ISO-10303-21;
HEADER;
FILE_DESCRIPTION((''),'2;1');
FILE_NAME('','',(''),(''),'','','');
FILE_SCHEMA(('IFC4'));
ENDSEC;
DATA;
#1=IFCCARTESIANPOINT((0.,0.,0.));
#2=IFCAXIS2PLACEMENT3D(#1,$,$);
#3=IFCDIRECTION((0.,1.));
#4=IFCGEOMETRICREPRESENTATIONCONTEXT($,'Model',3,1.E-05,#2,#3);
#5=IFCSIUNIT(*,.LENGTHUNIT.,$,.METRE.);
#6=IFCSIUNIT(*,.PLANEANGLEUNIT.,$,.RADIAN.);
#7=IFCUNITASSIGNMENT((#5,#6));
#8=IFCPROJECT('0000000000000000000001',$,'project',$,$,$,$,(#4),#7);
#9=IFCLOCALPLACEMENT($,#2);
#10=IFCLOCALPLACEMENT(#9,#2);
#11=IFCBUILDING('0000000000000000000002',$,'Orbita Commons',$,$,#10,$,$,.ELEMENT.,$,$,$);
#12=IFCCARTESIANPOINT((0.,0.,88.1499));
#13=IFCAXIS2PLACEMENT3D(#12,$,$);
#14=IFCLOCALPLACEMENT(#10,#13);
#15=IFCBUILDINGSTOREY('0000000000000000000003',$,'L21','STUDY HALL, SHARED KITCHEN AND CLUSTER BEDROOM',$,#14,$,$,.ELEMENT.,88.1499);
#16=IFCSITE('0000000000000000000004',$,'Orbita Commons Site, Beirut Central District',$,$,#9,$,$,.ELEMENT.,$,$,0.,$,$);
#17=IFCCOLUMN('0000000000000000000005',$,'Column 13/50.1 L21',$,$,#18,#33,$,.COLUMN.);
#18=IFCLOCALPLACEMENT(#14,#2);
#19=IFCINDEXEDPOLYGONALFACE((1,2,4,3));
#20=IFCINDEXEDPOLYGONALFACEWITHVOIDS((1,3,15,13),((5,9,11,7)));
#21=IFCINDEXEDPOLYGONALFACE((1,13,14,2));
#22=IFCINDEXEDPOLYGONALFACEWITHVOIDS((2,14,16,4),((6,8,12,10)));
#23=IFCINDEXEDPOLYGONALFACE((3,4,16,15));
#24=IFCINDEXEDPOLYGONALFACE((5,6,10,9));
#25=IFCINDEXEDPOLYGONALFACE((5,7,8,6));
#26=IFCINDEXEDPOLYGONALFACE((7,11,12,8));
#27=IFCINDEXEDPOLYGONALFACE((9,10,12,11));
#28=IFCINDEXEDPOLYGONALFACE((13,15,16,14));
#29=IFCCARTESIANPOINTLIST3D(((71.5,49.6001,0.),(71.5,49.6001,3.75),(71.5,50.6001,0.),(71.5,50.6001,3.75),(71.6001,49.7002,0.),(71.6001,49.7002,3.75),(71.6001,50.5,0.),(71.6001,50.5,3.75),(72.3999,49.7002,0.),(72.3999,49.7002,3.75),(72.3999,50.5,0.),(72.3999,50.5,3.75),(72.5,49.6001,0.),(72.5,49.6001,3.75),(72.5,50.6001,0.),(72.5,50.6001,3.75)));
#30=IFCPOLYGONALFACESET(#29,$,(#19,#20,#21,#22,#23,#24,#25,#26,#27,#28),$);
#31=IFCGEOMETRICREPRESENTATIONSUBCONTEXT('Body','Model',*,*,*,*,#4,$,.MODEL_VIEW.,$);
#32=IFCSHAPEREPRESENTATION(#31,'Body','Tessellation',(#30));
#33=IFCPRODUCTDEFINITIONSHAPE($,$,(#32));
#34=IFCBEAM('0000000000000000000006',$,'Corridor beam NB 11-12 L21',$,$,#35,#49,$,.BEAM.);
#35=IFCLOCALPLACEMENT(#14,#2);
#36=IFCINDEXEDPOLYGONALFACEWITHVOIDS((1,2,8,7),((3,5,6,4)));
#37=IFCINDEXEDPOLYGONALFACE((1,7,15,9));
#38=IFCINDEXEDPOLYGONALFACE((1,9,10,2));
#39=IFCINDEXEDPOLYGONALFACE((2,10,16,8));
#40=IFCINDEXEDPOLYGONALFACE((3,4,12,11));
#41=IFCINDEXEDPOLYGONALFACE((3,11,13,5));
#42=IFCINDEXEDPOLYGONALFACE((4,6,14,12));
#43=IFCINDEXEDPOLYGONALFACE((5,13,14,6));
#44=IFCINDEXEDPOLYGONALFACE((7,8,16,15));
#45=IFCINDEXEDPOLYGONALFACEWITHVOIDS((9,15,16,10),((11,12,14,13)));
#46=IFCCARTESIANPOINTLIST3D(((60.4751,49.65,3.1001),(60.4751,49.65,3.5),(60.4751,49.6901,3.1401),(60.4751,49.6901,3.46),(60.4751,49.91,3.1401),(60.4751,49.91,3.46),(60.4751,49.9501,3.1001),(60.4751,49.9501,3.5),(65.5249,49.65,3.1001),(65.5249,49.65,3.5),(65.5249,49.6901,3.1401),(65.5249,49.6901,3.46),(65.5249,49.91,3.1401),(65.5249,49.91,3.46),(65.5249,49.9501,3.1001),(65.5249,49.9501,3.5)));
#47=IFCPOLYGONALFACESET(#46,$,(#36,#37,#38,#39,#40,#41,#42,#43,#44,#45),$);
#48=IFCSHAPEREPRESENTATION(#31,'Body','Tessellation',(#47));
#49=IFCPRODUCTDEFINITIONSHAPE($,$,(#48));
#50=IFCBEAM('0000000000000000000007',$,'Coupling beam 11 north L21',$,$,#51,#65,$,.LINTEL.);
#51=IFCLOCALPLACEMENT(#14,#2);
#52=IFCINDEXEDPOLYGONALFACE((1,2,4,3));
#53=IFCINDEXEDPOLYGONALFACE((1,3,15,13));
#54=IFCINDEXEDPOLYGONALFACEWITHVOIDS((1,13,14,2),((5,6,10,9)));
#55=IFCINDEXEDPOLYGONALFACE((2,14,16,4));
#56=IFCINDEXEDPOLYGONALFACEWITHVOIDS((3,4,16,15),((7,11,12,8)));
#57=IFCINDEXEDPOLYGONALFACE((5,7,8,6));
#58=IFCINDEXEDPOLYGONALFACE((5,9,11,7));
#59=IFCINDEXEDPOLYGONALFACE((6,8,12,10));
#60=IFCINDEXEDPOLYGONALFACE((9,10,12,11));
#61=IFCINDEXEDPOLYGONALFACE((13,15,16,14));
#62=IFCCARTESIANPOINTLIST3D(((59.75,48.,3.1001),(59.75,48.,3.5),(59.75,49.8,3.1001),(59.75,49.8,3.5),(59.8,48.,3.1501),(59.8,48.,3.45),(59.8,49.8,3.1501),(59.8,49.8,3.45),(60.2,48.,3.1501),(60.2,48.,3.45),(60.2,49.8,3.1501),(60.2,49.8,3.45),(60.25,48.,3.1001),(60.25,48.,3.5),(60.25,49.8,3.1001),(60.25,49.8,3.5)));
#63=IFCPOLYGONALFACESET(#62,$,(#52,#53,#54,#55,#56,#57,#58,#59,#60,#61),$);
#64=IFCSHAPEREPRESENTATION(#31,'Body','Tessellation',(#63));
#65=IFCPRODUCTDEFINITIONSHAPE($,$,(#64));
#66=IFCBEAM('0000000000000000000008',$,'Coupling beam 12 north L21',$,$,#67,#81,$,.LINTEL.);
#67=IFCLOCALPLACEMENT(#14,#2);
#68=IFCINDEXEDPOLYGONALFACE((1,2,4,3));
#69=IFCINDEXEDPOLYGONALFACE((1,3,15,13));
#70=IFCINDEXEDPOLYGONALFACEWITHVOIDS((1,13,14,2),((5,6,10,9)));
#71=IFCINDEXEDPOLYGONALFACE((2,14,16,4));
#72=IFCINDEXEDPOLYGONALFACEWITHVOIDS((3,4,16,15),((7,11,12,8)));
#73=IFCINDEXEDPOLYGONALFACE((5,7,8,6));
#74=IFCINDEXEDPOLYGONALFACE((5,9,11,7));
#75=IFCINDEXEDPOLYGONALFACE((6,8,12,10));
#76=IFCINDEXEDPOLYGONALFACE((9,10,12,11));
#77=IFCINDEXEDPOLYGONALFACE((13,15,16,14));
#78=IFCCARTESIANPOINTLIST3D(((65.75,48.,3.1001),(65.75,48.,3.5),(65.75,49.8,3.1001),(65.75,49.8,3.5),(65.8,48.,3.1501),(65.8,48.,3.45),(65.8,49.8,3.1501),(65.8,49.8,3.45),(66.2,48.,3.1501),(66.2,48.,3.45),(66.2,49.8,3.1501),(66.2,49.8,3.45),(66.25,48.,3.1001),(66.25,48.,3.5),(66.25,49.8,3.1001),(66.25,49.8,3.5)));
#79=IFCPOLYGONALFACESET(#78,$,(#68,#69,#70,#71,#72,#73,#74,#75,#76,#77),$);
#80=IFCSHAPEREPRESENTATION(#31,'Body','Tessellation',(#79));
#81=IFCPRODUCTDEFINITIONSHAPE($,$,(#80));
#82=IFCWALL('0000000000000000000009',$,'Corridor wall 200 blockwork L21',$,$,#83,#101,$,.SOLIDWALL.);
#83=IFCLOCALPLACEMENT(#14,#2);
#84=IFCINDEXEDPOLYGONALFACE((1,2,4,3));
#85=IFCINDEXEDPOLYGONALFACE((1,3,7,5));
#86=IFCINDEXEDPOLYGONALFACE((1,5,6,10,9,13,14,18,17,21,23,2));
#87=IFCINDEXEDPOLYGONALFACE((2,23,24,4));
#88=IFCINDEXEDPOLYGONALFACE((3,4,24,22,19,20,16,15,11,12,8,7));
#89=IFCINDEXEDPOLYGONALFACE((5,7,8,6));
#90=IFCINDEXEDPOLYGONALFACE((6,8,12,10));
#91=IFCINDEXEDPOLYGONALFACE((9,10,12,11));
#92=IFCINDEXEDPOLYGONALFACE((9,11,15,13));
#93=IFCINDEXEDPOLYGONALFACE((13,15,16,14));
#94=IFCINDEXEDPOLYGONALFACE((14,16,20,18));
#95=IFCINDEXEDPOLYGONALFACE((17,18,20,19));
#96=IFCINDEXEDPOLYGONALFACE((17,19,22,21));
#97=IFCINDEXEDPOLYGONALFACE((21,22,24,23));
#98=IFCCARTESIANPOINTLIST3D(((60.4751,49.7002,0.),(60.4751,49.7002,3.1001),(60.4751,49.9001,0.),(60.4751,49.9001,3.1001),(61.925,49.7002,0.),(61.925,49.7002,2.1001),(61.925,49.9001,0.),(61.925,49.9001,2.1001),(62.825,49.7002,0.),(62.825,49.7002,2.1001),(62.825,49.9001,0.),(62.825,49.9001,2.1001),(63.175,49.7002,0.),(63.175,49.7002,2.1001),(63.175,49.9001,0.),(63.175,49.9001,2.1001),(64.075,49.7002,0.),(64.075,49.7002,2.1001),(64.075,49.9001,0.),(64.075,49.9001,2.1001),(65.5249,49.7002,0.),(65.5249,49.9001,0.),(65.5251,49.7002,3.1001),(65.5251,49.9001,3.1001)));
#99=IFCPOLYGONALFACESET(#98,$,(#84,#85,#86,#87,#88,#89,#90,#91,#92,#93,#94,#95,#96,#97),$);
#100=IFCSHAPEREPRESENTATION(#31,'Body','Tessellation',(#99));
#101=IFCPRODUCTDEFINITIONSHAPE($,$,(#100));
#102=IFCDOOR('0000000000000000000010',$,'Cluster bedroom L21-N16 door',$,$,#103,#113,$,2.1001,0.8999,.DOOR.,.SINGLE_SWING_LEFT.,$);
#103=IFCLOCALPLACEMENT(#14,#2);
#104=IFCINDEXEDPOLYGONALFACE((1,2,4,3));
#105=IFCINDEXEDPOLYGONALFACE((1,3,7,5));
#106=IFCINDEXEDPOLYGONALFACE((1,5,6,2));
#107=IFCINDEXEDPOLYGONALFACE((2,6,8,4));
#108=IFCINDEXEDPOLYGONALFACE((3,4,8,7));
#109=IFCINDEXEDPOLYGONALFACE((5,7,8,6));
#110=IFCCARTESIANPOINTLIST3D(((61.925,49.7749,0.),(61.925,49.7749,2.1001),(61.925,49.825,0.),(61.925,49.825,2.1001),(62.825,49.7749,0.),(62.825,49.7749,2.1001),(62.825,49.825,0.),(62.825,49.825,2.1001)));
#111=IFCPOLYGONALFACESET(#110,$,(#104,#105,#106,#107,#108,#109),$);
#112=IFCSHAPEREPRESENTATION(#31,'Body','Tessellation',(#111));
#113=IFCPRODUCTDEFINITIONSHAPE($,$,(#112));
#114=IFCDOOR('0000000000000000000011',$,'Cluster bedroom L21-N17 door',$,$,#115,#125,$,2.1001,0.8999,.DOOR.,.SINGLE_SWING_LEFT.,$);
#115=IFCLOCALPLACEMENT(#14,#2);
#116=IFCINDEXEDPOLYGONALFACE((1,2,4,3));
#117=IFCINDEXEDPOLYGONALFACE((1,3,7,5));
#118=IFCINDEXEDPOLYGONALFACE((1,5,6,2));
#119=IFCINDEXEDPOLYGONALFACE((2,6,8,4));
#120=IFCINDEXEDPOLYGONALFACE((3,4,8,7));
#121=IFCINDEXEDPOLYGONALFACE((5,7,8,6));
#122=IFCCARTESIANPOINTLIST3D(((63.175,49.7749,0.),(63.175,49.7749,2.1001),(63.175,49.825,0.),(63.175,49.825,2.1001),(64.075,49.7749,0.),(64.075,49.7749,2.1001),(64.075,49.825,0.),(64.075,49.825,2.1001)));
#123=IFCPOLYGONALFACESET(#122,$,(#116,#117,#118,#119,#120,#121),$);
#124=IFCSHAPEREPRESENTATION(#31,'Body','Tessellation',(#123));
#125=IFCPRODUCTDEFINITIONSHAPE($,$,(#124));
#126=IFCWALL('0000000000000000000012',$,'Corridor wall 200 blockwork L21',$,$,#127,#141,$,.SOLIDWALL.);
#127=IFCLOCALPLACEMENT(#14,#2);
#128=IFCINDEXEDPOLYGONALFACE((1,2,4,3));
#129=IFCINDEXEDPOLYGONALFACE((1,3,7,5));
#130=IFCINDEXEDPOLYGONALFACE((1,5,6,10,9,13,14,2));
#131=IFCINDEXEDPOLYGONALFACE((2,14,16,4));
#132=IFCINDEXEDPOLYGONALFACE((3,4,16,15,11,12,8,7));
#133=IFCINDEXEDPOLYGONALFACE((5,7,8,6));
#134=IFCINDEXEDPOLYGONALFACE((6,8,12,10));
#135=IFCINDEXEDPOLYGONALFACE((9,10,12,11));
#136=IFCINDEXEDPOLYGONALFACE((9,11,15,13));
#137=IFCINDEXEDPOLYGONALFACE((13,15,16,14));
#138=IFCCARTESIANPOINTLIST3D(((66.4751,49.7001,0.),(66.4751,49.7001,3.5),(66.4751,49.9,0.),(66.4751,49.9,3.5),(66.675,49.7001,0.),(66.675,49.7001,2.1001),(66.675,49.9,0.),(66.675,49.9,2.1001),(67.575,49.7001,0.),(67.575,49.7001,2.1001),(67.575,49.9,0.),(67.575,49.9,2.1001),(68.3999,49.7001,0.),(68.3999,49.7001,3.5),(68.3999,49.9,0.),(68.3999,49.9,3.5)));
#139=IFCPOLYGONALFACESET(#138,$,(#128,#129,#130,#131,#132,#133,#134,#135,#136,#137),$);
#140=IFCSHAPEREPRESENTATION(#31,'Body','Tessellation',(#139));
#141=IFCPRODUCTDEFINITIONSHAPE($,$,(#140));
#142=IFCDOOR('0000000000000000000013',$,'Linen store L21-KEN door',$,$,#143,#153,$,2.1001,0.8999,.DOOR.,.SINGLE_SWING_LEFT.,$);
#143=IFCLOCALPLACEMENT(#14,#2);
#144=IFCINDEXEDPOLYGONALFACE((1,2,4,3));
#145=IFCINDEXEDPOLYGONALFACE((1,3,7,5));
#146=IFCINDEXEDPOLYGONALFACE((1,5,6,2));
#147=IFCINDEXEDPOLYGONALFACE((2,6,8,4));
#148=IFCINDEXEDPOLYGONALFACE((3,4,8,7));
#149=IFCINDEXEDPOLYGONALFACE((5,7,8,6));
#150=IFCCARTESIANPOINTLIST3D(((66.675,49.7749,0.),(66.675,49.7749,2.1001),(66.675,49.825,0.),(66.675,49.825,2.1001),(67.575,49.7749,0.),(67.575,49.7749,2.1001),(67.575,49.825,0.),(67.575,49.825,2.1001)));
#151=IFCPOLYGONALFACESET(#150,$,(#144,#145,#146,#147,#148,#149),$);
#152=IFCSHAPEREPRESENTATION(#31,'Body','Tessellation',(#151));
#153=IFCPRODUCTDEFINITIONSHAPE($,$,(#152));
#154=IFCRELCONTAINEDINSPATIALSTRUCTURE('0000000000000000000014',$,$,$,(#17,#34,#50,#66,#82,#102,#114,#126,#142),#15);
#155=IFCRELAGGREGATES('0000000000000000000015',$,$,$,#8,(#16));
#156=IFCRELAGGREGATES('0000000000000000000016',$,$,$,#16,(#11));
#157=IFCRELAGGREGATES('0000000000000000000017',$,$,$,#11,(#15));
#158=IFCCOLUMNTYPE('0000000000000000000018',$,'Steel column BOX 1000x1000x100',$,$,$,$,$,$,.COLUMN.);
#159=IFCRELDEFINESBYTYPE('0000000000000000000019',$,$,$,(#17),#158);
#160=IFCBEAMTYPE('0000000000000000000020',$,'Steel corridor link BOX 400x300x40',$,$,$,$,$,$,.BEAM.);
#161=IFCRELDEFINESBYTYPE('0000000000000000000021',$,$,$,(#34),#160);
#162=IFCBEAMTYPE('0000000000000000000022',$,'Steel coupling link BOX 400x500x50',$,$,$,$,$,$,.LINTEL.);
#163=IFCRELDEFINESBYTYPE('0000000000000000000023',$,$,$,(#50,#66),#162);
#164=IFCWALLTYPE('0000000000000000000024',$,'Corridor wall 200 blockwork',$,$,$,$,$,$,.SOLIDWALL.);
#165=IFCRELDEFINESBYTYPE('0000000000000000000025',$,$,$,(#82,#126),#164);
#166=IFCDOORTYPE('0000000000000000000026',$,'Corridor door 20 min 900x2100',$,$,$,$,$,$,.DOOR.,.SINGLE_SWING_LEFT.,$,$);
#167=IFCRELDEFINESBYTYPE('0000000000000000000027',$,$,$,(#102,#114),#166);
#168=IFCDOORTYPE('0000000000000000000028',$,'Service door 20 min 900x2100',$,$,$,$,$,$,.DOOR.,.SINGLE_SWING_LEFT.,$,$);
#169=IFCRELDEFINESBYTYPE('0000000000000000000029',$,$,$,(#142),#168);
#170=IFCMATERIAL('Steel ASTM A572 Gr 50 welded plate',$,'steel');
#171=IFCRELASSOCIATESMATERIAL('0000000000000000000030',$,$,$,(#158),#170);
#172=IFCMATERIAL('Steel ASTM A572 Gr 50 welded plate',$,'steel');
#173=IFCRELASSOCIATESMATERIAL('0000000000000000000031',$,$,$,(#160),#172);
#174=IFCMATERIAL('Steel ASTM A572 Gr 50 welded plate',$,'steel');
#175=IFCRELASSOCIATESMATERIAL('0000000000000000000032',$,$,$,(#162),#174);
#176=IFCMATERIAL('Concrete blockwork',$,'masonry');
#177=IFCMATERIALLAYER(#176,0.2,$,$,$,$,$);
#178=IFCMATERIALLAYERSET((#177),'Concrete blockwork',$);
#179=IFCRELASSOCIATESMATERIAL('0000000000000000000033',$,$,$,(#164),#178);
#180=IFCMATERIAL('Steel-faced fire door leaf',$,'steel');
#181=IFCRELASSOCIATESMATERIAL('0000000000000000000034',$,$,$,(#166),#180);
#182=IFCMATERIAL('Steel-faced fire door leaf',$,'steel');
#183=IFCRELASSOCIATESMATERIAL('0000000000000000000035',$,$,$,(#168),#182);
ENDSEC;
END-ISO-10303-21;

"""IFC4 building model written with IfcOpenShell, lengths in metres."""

from ifc_helpers import new_model, si_unit, direction, frame, frame_2d, origin, origin_2d, place, context, subcontext, project, spatial, polyline, rectangle, hollow_rectangle, outline, extrude, material, layer, layer_set, material_profile, profile_set, type_object, element, fill, save


model = new_model("IFC4")

# Units and contexts
model_context = context("Model", 3, precision=1e-05, world=origin(), true_north=direction((0.0, 1.0)))
body_context = subcontext(model_context, "Body", "Model", "MODEL_VIEW")
ifc_project = project(units=[si_unit("LENGTHUNIT", "METRE"), si_unit("PLANEANGLEUNIT", "RADIAN")], contexts=[model_context])

# Site, building, storey
site_placement = place(None, origin())
site = spatial("IfcSite", under=ifc_project, at=site_placement, Name="Orbita Commons Site, Beirut Central District", CompositionType="ELEMENT", RefElevation=0.0)
building_placement = place(site_placement, origin())
building = spatial("IfcBuilding", under=site, at=building_placement, Name="Orbita Commons", CompositionType="ELEMENT")
storey_placement = place(building_placement, frame((0.0, 0.0, 88.1499)))
storey = spatial("IfcBuildingStorey", under=building, at=storey_placement, Name="L21", Description="STUDY HALL, SHARED KITCHEN AND CLUSTER BEDROOM", CompositionType="ELEMENT", Elevation=88.1499)

# Column
ifc_material_1 = material(Name="Steel ASTM A572 Gr 50 welded plate", Category="steel")
ifc_material_profile_1 = material_profile(ifc_material_1, hollow_rectangle(XDim=1.0, YDim=1.0, WallThickness=0.1001, at=origin_2d()), Name="BOX 1000x1000x100")
ifc_profile_set_1 = profile_set([ifc_material_profile_1], Name="Steel ASTM A572 Gr 50 welded plate")
column_type = type_object("IfcColumnType", Name="Steel column BOX 1000x1000x100", PredefinedType="COLUMN", material=ifc_profile_set_1)
column_placement = place(storey_placement, frame((72.0, 50.1001, 0.0), z_axis=(0.0, 0.0, 1.0), x_axis=(1.0, 0.0, 0.0)))
element("IfcColumn", 1, at=column_placement, inside=storey, type_object=column_type, Name="Column 13/50.1 L21", PredefinedType="COLUMN", context=body_context, shape_type="SweptSolid", body=[
    extrude(hollow_rectangle(XDim=1.0, YDim=1.0, WallThickness=0.1001, at=origin_2d()), origin(), (0.0, 0.0, 1.0), 3.75),
])

# Beams
ifc_material_2 = material(Name="Steel ASTM A572 Gr 50 welded plate", Category="steel")
ifc_material_profile_2 = material_profile(ifc_material_2, hollow_rectangle(XDim=0.3, YDim=0.3999, WallThickness=0.04, at=origin_2d()), Name="BOX 400x300x40")
ifc_profile_set_2 = profile_set([ifc_material_profile_2], Name="Steel ASTM A572 Gr 50 welded plate")
beam_type_1 = type_object("IfcBeamType", Name="Steel corridor link BOX 400x300x40", PredefinedType="BEAM", material=ifc_profile_set_2)
beam_placement = place(storey_placement, frame((60.4751, 49.8, 3.3), z_axis=(1.0, 0.0, 0.0), x_axis=(0.0, 1.0, 0.0)))
element("IfcBeam", 2, at=beam_placement, inside=storey, type_object=beam_type_1, Name="Corridor beam NB 11-12 L21", PredefinedType="BEAM", context=body_context, shape_type="SweptSolid", body=[
    extrude(hollow_rectangle(XDim=0.3, YDim=0.3999, WallThickness=0.04, at=origin_2d()), origin(), (0.0, 0.0, 1.0), 5.0498),
])
ifc_material_3 = material(Name="Steel ASTM A572 Gr 50 welded plate", Category="steel")
ifc_material_profile_3 = material_profile(ifc_material_3, hollow_rectangle(XDim=0.5, YDim=0.3999, WallThickness=0.05, at=origin_2d()), Name="BOX 400x500x50")
ifc_profile_set_3 = profile_set([ifc_material_profile_3], Name="Steel ASTM A572 Gr 50 welded plate")
beam_type_2 = type_object("IfcBeamType", Name="Steel coupling link BOX 400x500x50", PredefinedType="LINTEL", material=ifc_profile_set_3)
for number, where, z_axis, x_axis, name in (
    (3, (60.0, 48.0, 3.3), (0.0, 1.0, 0.0), (-1.0, 0.0, 0.0), "Coupling beam 11 north L21"),
    (4, (66.0, 48.0, 3.3), (0.0, 1.0, 0.0), (-1.0, 0.0, 0.0), "Coupling beam 12 north L21"),
):
    element("IfcBeam", number, at=place(storey_placement, frame(where, z_axis=z_axis, x_axis=x_axis)), inside=storey, type_object=beam_type_2, Name=name, PredefinedType="LINTEL", context=body_context, shape_type="SweptSolid", body=[
        extrude(hollow_rectangle(XDim=0.5, YDim=0.3999, WallThickness=0.05, at=origin_2d()), origin(), (0.0, 0.0, 1.0), 1.8),
    ])

# Wall, openings, doors
ifc_material_4 = material(Name="Concrete blockwork", Category="masonry")
ifc_layer_1 = layer(ifc_material_4, 0.2)
ifc_layer_set_1 = layer_set([ifc_layer_1], Name="Concrete blockwork")
wall_type_1 = type_object("IfcWallType", Name="Corridor wall 200 blockwork", PredefinedType="SOLIDWALL", material=ifc_layer_set_1)
wall_1_placement = place(storey_placement, frame((60.4751, 49.8, 0.0), z_axis=(0.0, 0.0, 1.0), x_axis=(1.0, 0.0, 0.0)))
wall_1 = element("IfcWall", 5, at=wall_1_placement, inside=storey, type_object=wall_type_1, Name="Corridor wall 200 blockwork L21", PredefinedType="SOLIDWALL", context=body_context, shape_type="SweptSolid", body=[
    extrude(outline(polyline([(0.0, 0.0), (5.0498, 0.0), (5.05, 3.1001), (0.0, 3.1001), (0.0, 0.0)])), frame((0.0, 0.1001, 0.0), z_axis=(0.0, -1.0, 0.0), x_axis=(1.0, 0.0, 0.0)), (0.0, 0.0, 1.0), 0.2),
])
opening_1_placement = place(wall_1_placement, frame((1.45, 0.0, 0.0)))
opening_1 = element("IfcOpeningElement", 6, at=opening_1_placement, cuts=wall_1, PredefinedType="OPENING", context=body_context, shape_type="SweptSolid", body=[
    extrude(rectangle(XDim=0.8999, YDim=2.1001, at=frame_2d((0.45, 1.05))), frame((0.0, 0.1099, 0.0), z_axis=(0.0, -1.0, 0.0), x_axis=(1.0, 0.0, 0.0)), (0.0, 0.0, 1.0), 0.22),
])
opening_2_placement = place(wall_1_placement, frame((2.7, 0.0, 0.0)))
opening_2 = element("IfcOpeningElement", 7, at=opening_2_placement, cuts=wall_1, PredefinedType="OPENING", context=body_context, shape_type="SweptSolid", body=[
    extrude(rectangle(XDim=0.8999, YDim=2.1001, at=frame_2d((0.45, 1.05))), frame((0.0, 0.1099, 0.0), z_axis=(0.0, -1.0, 0.0), x_axis=(1.0, 0.0, 0.0)), (0.0, 0.0, 1.0), 0.22),
])
ifc_material_5 = material(Name="Steel-faced fire door leaf", Category="steel")
door_type_1 = type_object("IfcDoorType", Name="Corridor door 20 min 900x2100", OperationType="SINGLE_SWING_LEFT", PredefinedType="DOOR", material=ifc_material_5)
door_1_placement = place(opening_1_placement, origin())
door_1 = element("IfcDoor", 8, at=door_1_placement, inside=storey, type_object=door_type_1, Name="Cluster bedroom L21-N16 door", OperationType="SINGLE_SWING_LEFT", OverallHeight=2.1001, OverallWidth=0.8999, PredefinedType="DOOR", context=body_context, shape_type="SweptSolid", body=[
    extrude(rectangle(XDim=0.8999, YDim=2.1001, at=frame_2d((0.45, 1.05))), frame((0.0, 0.0249, 0.0), z_axis=(0.0, -1.0, 0.0), x_axis=(1.0, 0.0, 0.0)), (0.0, 0.0, 1.0), 0.05),
])
fill(opening_1, door_1)
door_2_placement = place(opening_2_placement, origin())
door_2 = element("IfcDoor", 9, at=door_2_placement, inside=storey, type_object=door_type_1, Name="Cluster bedroom L21-N17 door", OperationType="SINGLE_SWING_LEFT", OverallHeight=2.1001, OverallWidth=0.8999, PredefinedType="DOOR", context=body_context, shape_type="SweptSolid", body=[
    extrude(rectangle(XDim=0.8999, YDim=2.1001, at=frame_2d((0.45, 1.05))), frame((0.0, 0.0249, 0.0), z_axis=(0.0, -1.0, 0.0), x_axis=(1.0, 0.0, 0.0)), (0.0, 0.0, 1.0), 0.05),
])
fill(opening_2, door_2)

# Wall, opening, door
wall_2_placement = place(storey_placement, frame((66.4751, 49.8, 0.0), z_axis=(0.0, 0.0, 1.0), x_axis=(1.0, 0.0, 0.0)))
wall_2 = element("IfcWall", 10, at=wall_2_placement, inside=storey, type_object=wall_type_1, Name="Corridor wall 200 blockwork L21", PredefinedType="SOLIDWALL", context=body_context, shape_type="SweptSolid", body=[
    extrude(rectangle(XDim=1.9248, YDim=0.2, at=frame_2d((0.9624, 0.0))), origin(), (0.0, 0.0, 1.0), 3.5),
])
opening_3_placement = place(wall_2_placement, frame((0.2, 0.0, 0.0)))
opening_3 = element("IfcOpeningElement", 11, at=opening_3_placement, cuts=wall_2, PredefinedType="OPENING", context=body_context, shape_type="SweptSolid", body=[
    extrude(rectangle(XDim=0.8999, YDim=2.1001, at=frame_2d((0.45, 1.05))), frame((0.0, 0.1099, 0.0), z_axis=(0.0, -1.0, 0.0), x_axis=(1.0, 0.0, 0.0)), (0.0, 0.0, 1.0), 0.22),
])
ifc_material_6 = material(Name="Steel-faced fire door leaf", Category="steel")
door_type_2 = type_object("IfcDoorType", Name="Service door 20 min 900x2100", OperationType="SINGLE_SWING_LEFT", PredefinedType="DOOR", material=ifc_material_6)
door_3_placement = place(opening_3_placement, origin())
door_3 = element("IfcDoor", 12, at=door_3_placement, inside=storey, type_object=door_type_2, Name="Linen store L21-KEN door", OperationType="SINGLE_SWING_LEFT", OverallHeight=2.1001, OverallWidth=0.8999, PredefinedType="DOOR", context=body_context, shape_type="SweptSolid", body=[
    extrude(rectangle(XDim=0.8999, YDim=2.1001, at=frame_2d((0.45, 1.05))), frame((0.0, 0.0249, 0.0), z_axis=(0.0, -1.0, 0.0), x_axis=(1.0, 0.0, 0.0)), (0.0, 0.0, 1.0), 0.05),
])
fill(opening_3, door_3)

save(model, "model.ifc")
